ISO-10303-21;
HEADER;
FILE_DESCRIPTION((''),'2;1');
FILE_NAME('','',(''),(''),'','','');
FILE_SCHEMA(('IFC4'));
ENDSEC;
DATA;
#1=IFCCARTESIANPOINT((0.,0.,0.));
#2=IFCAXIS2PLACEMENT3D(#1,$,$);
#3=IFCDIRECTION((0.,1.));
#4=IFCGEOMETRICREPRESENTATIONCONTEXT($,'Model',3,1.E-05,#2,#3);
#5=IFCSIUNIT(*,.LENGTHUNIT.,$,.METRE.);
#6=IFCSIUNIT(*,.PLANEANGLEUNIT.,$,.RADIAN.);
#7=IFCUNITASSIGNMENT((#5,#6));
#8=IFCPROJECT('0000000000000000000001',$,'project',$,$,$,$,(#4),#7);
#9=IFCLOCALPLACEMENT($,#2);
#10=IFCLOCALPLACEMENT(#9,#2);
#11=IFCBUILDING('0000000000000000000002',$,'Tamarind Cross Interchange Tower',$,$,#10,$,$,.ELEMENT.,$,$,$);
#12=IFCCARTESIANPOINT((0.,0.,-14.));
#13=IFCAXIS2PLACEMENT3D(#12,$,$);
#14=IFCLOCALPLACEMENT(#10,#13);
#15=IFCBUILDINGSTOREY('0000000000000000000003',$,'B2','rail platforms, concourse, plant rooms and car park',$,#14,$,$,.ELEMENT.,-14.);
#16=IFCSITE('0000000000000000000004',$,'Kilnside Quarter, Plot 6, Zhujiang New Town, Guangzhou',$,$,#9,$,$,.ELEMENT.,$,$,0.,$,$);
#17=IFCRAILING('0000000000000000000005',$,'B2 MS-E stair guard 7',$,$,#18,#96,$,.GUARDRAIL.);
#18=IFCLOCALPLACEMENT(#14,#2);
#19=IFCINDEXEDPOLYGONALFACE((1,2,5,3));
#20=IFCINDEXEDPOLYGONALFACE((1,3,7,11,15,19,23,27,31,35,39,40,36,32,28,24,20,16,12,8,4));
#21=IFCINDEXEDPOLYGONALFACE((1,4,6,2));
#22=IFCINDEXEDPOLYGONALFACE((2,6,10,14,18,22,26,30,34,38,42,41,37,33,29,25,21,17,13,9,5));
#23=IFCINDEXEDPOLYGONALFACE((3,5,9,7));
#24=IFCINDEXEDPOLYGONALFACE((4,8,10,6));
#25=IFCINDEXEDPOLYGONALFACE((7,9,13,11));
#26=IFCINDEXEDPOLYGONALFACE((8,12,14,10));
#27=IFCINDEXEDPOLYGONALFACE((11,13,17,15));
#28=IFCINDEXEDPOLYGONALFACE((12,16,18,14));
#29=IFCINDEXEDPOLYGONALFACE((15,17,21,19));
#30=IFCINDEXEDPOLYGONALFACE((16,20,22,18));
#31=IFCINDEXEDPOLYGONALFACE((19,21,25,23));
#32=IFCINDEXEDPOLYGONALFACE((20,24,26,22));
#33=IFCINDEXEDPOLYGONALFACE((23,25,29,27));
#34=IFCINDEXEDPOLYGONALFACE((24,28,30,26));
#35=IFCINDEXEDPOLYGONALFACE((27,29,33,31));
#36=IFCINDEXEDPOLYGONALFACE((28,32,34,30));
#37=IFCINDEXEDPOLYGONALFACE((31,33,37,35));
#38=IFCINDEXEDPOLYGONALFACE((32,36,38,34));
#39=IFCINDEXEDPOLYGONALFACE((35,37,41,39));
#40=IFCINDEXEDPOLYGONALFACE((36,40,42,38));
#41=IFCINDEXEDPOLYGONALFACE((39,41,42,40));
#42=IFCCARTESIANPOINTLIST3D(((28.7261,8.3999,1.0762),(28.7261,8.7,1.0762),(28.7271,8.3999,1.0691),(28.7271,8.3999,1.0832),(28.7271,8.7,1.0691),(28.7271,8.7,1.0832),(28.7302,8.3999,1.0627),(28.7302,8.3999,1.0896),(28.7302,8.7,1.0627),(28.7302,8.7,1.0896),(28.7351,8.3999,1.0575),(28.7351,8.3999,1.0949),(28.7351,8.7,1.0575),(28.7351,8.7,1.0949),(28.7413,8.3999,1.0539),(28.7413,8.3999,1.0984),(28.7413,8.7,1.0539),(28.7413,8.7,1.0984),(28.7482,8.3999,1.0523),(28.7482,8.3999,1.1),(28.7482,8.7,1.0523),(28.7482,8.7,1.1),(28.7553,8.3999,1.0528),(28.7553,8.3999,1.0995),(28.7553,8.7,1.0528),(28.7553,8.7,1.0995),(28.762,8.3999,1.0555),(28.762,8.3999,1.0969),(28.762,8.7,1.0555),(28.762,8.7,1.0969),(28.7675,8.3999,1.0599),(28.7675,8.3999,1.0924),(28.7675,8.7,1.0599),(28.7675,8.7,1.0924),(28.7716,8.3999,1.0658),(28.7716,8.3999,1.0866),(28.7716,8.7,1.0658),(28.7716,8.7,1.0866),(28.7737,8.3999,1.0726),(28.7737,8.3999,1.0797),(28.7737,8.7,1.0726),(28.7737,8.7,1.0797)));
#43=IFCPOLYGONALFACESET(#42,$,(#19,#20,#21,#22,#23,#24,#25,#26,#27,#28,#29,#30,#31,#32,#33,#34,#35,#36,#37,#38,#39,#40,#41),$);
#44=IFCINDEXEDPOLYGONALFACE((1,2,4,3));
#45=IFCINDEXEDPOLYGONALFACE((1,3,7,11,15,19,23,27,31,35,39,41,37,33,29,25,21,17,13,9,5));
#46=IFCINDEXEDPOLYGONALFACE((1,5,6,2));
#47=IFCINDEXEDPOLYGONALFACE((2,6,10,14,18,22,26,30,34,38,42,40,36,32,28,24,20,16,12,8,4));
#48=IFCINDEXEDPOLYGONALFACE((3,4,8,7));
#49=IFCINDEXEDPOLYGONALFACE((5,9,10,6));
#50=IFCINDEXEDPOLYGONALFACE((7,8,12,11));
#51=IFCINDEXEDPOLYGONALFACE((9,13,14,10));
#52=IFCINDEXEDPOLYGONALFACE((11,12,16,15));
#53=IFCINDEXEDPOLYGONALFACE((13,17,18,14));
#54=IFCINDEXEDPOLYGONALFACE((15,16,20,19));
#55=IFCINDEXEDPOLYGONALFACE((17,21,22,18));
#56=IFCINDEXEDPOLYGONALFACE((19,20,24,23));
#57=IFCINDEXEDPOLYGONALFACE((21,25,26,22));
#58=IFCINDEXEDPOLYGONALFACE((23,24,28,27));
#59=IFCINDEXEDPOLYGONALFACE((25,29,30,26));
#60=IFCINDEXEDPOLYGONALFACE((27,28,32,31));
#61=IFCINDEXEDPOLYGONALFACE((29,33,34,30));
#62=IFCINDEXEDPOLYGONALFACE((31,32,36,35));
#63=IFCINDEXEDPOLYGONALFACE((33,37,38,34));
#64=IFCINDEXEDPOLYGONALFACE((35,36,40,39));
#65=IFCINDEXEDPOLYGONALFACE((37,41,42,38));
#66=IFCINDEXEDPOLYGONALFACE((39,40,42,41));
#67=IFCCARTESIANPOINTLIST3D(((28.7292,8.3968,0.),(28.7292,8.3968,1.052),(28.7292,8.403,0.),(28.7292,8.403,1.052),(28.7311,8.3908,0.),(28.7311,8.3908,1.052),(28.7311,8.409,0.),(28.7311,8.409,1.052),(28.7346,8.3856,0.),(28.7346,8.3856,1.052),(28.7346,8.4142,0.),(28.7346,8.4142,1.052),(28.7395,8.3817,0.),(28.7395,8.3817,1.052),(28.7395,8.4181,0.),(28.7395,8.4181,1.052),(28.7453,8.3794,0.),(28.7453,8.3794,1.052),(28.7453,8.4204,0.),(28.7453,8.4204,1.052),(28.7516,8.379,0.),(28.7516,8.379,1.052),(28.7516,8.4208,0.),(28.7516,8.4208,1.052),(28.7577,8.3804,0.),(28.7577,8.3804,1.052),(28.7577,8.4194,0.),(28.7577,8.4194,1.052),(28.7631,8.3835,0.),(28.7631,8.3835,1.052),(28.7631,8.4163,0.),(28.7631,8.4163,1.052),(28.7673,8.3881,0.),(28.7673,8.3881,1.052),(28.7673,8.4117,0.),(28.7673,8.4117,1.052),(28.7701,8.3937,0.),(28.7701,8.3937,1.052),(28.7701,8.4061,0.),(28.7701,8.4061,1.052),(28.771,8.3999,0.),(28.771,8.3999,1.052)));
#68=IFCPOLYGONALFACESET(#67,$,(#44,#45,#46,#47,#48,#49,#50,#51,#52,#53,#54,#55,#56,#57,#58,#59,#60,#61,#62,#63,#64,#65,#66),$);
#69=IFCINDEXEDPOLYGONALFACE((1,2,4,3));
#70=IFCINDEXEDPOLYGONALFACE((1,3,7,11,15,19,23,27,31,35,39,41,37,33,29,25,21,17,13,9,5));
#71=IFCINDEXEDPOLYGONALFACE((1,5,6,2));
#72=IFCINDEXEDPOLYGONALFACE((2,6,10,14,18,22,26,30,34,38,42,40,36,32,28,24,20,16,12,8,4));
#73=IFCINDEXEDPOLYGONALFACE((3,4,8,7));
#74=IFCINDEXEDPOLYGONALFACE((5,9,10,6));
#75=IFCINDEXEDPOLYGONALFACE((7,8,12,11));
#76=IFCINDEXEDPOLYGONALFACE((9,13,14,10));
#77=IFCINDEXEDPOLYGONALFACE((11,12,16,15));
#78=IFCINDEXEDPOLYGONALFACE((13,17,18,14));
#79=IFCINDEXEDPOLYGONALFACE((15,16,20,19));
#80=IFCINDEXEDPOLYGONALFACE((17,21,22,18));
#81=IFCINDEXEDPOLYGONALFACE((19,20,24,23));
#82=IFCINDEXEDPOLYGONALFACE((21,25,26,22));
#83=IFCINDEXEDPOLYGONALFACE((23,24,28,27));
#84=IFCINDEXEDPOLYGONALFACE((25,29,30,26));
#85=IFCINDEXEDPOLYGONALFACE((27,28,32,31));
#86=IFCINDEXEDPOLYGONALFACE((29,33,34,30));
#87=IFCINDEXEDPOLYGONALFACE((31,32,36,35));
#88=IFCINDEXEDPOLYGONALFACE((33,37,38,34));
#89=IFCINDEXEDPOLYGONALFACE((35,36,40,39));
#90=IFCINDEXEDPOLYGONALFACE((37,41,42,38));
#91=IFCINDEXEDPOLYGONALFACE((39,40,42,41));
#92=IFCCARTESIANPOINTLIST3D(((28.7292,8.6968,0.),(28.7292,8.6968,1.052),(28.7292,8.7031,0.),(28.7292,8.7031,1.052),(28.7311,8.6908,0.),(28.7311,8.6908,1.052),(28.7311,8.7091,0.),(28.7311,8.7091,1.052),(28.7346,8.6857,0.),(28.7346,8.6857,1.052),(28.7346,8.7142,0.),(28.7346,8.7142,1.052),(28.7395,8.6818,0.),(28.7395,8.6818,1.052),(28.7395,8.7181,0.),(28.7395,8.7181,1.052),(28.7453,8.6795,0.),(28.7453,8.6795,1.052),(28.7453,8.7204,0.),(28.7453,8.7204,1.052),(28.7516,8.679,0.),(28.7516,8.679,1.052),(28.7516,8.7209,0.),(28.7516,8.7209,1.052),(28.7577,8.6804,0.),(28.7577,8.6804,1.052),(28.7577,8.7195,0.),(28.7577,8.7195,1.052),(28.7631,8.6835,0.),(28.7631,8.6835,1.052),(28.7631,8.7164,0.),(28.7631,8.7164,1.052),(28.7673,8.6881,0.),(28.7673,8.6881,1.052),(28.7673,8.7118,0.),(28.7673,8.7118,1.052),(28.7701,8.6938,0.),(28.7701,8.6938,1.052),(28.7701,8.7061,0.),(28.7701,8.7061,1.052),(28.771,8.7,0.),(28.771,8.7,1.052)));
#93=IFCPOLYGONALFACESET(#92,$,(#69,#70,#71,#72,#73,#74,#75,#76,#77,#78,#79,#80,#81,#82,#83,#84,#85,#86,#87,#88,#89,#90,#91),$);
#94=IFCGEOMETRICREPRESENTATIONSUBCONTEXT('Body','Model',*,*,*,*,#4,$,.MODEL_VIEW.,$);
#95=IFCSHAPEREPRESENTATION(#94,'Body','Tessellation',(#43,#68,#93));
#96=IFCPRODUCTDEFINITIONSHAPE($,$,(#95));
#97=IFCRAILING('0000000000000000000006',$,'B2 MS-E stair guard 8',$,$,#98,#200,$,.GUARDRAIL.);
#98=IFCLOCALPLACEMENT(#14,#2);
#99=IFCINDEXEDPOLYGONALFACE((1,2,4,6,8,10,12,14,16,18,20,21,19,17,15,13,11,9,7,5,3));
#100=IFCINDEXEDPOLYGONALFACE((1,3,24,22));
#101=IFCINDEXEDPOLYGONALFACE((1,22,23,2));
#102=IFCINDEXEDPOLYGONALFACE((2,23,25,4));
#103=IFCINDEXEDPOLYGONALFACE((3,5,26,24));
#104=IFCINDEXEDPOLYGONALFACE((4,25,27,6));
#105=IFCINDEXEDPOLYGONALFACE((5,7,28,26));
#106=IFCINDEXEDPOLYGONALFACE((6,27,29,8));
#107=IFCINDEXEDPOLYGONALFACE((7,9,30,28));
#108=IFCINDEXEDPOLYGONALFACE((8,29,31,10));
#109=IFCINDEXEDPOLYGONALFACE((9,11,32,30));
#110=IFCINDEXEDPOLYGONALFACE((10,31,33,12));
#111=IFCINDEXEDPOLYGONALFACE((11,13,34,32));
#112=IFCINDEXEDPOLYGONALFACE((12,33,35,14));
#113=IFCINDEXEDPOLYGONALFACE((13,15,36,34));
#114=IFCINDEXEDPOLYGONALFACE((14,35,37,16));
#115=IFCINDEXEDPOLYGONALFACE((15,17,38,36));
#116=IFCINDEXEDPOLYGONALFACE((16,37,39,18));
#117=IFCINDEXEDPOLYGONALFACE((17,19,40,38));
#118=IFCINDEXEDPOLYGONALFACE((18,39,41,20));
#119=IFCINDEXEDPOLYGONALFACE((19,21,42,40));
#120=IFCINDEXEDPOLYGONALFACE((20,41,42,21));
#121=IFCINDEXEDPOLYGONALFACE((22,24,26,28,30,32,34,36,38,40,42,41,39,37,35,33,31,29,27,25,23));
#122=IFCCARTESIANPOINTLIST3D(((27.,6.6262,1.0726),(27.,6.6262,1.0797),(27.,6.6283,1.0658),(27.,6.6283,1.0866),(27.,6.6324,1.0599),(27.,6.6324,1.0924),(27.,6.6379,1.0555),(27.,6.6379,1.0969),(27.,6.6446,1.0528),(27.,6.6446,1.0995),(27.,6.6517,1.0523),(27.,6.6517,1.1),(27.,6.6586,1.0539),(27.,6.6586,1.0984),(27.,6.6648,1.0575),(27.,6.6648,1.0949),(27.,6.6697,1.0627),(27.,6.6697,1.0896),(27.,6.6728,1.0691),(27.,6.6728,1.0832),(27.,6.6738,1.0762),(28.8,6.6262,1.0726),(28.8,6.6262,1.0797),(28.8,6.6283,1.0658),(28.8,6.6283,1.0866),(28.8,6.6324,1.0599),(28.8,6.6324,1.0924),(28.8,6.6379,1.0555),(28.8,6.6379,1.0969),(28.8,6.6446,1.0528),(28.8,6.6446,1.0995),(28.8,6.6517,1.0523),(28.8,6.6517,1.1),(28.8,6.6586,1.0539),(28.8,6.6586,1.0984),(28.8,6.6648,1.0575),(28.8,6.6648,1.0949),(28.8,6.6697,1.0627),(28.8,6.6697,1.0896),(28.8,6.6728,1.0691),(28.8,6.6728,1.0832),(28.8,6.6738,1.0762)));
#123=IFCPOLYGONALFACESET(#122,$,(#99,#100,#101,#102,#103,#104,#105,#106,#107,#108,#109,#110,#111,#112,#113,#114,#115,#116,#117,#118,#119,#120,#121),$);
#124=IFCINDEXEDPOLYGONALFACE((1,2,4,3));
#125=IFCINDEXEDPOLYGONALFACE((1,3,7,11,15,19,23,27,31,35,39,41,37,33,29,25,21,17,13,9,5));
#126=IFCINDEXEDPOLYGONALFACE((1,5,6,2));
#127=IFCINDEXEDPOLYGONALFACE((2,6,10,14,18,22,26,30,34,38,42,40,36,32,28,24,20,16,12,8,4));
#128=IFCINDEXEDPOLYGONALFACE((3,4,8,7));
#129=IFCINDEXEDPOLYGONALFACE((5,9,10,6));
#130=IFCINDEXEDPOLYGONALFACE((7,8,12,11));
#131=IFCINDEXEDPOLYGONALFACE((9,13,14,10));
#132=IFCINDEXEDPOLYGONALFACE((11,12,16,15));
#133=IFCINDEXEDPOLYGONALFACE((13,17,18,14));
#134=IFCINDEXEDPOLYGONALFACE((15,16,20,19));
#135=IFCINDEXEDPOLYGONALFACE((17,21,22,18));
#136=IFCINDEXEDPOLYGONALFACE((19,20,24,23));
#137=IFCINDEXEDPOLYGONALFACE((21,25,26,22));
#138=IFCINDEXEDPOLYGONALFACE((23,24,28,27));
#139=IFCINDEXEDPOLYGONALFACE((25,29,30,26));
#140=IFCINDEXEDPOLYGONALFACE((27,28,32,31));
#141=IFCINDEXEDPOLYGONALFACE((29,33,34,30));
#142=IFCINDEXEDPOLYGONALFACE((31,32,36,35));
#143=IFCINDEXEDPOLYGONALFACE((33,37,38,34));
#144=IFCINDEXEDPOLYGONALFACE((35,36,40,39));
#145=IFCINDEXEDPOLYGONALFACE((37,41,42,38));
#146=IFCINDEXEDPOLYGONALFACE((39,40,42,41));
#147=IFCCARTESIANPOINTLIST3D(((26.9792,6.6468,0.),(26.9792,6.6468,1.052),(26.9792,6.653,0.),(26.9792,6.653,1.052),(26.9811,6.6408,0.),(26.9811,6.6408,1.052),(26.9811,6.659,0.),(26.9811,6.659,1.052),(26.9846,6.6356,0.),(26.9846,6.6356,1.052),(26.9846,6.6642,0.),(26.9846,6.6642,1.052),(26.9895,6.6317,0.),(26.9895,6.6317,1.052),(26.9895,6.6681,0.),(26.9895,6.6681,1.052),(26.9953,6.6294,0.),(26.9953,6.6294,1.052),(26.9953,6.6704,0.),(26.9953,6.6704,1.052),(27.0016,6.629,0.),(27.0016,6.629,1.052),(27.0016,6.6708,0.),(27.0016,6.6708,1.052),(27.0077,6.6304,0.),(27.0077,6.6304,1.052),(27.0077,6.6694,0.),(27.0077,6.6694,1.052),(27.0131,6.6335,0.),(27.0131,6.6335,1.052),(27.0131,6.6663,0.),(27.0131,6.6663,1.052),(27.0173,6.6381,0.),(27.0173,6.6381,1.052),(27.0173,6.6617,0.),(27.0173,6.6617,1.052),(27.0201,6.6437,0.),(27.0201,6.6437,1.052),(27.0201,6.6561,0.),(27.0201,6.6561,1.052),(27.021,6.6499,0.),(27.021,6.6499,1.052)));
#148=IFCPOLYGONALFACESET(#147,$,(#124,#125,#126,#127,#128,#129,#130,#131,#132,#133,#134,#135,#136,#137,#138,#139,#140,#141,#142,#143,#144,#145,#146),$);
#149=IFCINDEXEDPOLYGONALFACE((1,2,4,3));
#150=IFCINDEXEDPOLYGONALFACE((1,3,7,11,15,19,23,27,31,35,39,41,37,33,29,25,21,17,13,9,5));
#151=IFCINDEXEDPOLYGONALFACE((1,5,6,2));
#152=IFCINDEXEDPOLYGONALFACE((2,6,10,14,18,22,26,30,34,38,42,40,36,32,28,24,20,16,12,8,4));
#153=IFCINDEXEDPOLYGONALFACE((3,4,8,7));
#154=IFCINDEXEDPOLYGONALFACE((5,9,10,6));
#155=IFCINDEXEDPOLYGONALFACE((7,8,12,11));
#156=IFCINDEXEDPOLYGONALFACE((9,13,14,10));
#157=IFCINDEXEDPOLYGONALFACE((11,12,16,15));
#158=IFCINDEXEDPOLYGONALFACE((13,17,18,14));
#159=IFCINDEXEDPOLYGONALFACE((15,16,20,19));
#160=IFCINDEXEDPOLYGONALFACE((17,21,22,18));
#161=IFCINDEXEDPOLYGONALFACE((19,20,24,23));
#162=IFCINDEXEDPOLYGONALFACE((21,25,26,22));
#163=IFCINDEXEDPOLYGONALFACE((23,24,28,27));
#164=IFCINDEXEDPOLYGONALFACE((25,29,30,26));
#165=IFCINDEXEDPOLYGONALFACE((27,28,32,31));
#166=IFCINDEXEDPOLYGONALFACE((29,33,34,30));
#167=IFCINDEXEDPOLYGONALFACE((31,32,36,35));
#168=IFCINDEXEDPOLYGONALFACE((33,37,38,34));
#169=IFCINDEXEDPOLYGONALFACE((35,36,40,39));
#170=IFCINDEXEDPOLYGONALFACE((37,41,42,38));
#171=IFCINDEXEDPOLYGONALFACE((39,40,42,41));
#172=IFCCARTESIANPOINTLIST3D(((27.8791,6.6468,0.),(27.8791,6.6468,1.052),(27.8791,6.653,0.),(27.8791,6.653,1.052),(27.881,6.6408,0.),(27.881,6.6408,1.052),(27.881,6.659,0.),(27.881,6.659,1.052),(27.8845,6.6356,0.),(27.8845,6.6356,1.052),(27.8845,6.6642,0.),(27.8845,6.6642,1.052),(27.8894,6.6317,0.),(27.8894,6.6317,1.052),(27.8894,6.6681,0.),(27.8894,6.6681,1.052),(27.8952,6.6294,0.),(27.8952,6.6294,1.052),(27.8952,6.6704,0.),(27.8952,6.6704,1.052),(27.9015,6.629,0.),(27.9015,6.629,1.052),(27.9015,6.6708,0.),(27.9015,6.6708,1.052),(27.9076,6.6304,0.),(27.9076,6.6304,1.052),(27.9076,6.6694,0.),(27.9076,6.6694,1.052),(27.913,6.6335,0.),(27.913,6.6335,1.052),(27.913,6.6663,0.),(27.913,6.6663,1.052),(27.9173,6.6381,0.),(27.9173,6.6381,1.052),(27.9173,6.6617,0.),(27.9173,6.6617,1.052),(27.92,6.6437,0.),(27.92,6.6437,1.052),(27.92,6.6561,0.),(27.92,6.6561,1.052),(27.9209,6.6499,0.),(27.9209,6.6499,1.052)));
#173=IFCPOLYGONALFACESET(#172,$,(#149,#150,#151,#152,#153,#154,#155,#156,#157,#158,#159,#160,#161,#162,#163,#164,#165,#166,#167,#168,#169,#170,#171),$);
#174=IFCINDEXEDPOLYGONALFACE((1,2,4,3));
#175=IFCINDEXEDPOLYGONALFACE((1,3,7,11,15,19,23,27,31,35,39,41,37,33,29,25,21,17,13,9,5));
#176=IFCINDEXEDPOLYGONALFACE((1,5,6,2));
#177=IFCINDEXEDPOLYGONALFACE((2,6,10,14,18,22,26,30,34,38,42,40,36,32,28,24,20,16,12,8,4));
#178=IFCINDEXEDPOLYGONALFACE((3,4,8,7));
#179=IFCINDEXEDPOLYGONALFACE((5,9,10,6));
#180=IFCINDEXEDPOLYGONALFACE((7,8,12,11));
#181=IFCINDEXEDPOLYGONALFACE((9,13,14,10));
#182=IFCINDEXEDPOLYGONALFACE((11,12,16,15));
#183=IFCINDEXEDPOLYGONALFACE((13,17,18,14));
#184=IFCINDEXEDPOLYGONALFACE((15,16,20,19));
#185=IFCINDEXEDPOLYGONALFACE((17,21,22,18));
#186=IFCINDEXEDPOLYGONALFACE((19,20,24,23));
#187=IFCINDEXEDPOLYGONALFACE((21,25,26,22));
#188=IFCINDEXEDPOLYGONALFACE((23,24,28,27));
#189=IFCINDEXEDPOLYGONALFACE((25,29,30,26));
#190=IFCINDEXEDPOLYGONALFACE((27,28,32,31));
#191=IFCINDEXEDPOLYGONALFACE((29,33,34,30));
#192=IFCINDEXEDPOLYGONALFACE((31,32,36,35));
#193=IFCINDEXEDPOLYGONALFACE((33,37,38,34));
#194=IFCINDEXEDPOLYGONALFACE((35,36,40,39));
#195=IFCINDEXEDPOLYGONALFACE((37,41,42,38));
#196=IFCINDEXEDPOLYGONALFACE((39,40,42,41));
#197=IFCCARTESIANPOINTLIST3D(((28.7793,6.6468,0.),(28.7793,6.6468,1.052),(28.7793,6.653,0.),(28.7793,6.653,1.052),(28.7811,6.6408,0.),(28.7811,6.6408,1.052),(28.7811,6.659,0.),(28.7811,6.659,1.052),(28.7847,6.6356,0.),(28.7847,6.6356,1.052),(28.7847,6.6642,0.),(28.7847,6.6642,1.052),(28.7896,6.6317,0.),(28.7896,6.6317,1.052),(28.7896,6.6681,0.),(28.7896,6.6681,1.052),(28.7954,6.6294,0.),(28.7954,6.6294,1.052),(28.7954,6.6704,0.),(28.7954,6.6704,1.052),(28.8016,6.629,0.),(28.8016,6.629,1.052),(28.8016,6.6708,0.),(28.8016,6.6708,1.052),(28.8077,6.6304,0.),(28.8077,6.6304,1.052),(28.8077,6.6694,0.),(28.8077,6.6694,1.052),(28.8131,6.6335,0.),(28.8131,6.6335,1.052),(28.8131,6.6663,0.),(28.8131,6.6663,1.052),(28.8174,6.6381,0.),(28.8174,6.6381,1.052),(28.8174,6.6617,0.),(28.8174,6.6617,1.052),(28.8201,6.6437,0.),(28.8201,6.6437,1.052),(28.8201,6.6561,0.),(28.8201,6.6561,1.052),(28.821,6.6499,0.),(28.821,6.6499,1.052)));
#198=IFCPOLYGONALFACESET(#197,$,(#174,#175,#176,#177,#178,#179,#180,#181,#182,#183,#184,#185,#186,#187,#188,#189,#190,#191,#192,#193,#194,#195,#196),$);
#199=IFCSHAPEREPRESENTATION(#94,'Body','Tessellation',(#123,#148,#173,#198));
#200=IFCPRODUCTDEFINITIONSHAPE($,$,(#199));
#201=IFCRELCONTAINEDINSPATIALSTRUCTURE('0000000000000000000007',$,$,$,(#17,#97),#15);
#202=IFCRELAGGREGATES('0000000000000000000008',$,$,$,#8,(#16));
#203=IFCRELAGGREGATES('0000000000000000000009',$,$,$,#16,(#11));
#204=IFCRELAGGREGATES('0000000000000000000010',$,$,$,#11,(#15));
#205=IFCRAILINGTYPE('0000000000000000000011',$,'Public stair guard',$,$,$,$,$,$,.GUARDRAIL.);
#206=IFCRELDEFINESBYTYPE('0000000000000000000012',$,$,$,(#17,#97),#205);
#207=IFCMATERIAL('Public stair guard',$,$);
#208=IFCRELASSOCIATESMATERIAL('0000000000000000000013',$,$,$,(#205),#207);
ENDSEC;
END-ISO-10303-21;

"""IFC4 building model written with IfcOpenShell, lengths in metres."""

from ifc_helpers import new_model, si_unit, direction, frame, origin, origin_2d, place, context, subcontext, project, spatial, circle, extrude, material, type_object, element, save


model = new_model("IFC4")

# Units and contexts
model_context = context("Model", 3, precision=1e-05, world=origin(), true_north=direction((0.0, 1.0)))
body_context = subcontext(model_context, "Body", "Model", "MODEL_VIEW")
ifc_project = project(units=[si_unit("LENGTHUNIT", "METRE"), si_unit("PLANEANGLEUNIT", "RADIAN")], contexts=[model_context])

# Site, building, storey
site_placement = place(None, origin())
site = spatial("IfcSite", under=ifc_project, at=site_placement, Name="Kilnside Quarter, Plot 6, Zhujiang New Town, Guangzhou", CompositionType="ELEMENT", RefElevation=0.0)
building_placement = place(site_placement, origin())
building = spatial("IfcBuilding", under=site, at=building_placement, Name="Tamarind Cross Interchange Tower", CompositionType="ELEMENT")
storey_placement = place(building_placement, frame((0.0, 0.0, -14.0)))
storey = spatial("IfcBuildingStorey", under=building, at=storey_placement, Name="B2", Description="rail platforms, concourse, plant rooms and car park", CompositionType="ELEMENT", Elevation=-14.0)

# Railings
ifc_material_1 = material(Name="Public stair guard")
railing_type_1 = type_object("IfcRailingType", Name="Public stair guard", PredefinedType="GUARDRAIL", material=ifc_material_1)
railing_1_placement = place(storey_placement, frame((28.75, 8.3999, 0.0)))
element("IfcRailing", 1, at=railing_1_placement, inside=storey, type_object=railing_type_1, Name="B2 MS-E stair guard 7", PredefinedType="GUARDRAIL", context=body_context, shape_type="SweptSolid", body=[
    extrude(circle(Radius=0.0239, at=origin_2d()), frame((0.0, 0.0, 1.0762), z_axis=(0.0, 1.0, 0.0), x_axis=(-1.0, 0.0, 0.0)), (0.0, 0.0, 1.0), 0.3),
    extrude(circle(Radius=0.021, at=origin_2d()), origin(), (0.0, 0.0, 1.0), 1.052),
    extrude(circle(Radius=0.021, at=origin_2d()), frame((0.0, 0.3, 0.0)), (0.0, 0.0, 1.0), 1.052),
])
for number, where, name in (
    (2, (27.0, 6.6499, 0.0), "B2 MS-E stair guard 8"),
):
    element("IfcRailing", number, at=place(storey_placement, frame(where)), inside=storey, type_object=railing_type_1, Name=name, PredefinedType="GUARDRAIL", context=body_context, shape_type="SweptSolid", body=[
        extrude(circle(Radius=0.0239, at=origin_2d()), frame((0.0, 0.0, 1.0762), z_axis=(1.0, 0.0, 0.0), x_axis=(0.0, 1.0, 0.0)), (0.0, 0.0, 1.0), 1.8),
        extrude(circle(Radius=0.021, at=origin_2d()), origin(), (0.0, 0.0, 1.0), 1.052),
        extrude(circle(Radius=0.021, at=origin_2d()), frame((0.8999, 0.0, 0.0)), (0.0, 0.0, 1.0), 1.052),
        extrude(circle(Radius=0.021, at=origin_2d()), frame((1.8, 0.0, 0.0)), (0.0, 0.0, 1.0), 1.052),
    ])

save(model, "model.ifc")
